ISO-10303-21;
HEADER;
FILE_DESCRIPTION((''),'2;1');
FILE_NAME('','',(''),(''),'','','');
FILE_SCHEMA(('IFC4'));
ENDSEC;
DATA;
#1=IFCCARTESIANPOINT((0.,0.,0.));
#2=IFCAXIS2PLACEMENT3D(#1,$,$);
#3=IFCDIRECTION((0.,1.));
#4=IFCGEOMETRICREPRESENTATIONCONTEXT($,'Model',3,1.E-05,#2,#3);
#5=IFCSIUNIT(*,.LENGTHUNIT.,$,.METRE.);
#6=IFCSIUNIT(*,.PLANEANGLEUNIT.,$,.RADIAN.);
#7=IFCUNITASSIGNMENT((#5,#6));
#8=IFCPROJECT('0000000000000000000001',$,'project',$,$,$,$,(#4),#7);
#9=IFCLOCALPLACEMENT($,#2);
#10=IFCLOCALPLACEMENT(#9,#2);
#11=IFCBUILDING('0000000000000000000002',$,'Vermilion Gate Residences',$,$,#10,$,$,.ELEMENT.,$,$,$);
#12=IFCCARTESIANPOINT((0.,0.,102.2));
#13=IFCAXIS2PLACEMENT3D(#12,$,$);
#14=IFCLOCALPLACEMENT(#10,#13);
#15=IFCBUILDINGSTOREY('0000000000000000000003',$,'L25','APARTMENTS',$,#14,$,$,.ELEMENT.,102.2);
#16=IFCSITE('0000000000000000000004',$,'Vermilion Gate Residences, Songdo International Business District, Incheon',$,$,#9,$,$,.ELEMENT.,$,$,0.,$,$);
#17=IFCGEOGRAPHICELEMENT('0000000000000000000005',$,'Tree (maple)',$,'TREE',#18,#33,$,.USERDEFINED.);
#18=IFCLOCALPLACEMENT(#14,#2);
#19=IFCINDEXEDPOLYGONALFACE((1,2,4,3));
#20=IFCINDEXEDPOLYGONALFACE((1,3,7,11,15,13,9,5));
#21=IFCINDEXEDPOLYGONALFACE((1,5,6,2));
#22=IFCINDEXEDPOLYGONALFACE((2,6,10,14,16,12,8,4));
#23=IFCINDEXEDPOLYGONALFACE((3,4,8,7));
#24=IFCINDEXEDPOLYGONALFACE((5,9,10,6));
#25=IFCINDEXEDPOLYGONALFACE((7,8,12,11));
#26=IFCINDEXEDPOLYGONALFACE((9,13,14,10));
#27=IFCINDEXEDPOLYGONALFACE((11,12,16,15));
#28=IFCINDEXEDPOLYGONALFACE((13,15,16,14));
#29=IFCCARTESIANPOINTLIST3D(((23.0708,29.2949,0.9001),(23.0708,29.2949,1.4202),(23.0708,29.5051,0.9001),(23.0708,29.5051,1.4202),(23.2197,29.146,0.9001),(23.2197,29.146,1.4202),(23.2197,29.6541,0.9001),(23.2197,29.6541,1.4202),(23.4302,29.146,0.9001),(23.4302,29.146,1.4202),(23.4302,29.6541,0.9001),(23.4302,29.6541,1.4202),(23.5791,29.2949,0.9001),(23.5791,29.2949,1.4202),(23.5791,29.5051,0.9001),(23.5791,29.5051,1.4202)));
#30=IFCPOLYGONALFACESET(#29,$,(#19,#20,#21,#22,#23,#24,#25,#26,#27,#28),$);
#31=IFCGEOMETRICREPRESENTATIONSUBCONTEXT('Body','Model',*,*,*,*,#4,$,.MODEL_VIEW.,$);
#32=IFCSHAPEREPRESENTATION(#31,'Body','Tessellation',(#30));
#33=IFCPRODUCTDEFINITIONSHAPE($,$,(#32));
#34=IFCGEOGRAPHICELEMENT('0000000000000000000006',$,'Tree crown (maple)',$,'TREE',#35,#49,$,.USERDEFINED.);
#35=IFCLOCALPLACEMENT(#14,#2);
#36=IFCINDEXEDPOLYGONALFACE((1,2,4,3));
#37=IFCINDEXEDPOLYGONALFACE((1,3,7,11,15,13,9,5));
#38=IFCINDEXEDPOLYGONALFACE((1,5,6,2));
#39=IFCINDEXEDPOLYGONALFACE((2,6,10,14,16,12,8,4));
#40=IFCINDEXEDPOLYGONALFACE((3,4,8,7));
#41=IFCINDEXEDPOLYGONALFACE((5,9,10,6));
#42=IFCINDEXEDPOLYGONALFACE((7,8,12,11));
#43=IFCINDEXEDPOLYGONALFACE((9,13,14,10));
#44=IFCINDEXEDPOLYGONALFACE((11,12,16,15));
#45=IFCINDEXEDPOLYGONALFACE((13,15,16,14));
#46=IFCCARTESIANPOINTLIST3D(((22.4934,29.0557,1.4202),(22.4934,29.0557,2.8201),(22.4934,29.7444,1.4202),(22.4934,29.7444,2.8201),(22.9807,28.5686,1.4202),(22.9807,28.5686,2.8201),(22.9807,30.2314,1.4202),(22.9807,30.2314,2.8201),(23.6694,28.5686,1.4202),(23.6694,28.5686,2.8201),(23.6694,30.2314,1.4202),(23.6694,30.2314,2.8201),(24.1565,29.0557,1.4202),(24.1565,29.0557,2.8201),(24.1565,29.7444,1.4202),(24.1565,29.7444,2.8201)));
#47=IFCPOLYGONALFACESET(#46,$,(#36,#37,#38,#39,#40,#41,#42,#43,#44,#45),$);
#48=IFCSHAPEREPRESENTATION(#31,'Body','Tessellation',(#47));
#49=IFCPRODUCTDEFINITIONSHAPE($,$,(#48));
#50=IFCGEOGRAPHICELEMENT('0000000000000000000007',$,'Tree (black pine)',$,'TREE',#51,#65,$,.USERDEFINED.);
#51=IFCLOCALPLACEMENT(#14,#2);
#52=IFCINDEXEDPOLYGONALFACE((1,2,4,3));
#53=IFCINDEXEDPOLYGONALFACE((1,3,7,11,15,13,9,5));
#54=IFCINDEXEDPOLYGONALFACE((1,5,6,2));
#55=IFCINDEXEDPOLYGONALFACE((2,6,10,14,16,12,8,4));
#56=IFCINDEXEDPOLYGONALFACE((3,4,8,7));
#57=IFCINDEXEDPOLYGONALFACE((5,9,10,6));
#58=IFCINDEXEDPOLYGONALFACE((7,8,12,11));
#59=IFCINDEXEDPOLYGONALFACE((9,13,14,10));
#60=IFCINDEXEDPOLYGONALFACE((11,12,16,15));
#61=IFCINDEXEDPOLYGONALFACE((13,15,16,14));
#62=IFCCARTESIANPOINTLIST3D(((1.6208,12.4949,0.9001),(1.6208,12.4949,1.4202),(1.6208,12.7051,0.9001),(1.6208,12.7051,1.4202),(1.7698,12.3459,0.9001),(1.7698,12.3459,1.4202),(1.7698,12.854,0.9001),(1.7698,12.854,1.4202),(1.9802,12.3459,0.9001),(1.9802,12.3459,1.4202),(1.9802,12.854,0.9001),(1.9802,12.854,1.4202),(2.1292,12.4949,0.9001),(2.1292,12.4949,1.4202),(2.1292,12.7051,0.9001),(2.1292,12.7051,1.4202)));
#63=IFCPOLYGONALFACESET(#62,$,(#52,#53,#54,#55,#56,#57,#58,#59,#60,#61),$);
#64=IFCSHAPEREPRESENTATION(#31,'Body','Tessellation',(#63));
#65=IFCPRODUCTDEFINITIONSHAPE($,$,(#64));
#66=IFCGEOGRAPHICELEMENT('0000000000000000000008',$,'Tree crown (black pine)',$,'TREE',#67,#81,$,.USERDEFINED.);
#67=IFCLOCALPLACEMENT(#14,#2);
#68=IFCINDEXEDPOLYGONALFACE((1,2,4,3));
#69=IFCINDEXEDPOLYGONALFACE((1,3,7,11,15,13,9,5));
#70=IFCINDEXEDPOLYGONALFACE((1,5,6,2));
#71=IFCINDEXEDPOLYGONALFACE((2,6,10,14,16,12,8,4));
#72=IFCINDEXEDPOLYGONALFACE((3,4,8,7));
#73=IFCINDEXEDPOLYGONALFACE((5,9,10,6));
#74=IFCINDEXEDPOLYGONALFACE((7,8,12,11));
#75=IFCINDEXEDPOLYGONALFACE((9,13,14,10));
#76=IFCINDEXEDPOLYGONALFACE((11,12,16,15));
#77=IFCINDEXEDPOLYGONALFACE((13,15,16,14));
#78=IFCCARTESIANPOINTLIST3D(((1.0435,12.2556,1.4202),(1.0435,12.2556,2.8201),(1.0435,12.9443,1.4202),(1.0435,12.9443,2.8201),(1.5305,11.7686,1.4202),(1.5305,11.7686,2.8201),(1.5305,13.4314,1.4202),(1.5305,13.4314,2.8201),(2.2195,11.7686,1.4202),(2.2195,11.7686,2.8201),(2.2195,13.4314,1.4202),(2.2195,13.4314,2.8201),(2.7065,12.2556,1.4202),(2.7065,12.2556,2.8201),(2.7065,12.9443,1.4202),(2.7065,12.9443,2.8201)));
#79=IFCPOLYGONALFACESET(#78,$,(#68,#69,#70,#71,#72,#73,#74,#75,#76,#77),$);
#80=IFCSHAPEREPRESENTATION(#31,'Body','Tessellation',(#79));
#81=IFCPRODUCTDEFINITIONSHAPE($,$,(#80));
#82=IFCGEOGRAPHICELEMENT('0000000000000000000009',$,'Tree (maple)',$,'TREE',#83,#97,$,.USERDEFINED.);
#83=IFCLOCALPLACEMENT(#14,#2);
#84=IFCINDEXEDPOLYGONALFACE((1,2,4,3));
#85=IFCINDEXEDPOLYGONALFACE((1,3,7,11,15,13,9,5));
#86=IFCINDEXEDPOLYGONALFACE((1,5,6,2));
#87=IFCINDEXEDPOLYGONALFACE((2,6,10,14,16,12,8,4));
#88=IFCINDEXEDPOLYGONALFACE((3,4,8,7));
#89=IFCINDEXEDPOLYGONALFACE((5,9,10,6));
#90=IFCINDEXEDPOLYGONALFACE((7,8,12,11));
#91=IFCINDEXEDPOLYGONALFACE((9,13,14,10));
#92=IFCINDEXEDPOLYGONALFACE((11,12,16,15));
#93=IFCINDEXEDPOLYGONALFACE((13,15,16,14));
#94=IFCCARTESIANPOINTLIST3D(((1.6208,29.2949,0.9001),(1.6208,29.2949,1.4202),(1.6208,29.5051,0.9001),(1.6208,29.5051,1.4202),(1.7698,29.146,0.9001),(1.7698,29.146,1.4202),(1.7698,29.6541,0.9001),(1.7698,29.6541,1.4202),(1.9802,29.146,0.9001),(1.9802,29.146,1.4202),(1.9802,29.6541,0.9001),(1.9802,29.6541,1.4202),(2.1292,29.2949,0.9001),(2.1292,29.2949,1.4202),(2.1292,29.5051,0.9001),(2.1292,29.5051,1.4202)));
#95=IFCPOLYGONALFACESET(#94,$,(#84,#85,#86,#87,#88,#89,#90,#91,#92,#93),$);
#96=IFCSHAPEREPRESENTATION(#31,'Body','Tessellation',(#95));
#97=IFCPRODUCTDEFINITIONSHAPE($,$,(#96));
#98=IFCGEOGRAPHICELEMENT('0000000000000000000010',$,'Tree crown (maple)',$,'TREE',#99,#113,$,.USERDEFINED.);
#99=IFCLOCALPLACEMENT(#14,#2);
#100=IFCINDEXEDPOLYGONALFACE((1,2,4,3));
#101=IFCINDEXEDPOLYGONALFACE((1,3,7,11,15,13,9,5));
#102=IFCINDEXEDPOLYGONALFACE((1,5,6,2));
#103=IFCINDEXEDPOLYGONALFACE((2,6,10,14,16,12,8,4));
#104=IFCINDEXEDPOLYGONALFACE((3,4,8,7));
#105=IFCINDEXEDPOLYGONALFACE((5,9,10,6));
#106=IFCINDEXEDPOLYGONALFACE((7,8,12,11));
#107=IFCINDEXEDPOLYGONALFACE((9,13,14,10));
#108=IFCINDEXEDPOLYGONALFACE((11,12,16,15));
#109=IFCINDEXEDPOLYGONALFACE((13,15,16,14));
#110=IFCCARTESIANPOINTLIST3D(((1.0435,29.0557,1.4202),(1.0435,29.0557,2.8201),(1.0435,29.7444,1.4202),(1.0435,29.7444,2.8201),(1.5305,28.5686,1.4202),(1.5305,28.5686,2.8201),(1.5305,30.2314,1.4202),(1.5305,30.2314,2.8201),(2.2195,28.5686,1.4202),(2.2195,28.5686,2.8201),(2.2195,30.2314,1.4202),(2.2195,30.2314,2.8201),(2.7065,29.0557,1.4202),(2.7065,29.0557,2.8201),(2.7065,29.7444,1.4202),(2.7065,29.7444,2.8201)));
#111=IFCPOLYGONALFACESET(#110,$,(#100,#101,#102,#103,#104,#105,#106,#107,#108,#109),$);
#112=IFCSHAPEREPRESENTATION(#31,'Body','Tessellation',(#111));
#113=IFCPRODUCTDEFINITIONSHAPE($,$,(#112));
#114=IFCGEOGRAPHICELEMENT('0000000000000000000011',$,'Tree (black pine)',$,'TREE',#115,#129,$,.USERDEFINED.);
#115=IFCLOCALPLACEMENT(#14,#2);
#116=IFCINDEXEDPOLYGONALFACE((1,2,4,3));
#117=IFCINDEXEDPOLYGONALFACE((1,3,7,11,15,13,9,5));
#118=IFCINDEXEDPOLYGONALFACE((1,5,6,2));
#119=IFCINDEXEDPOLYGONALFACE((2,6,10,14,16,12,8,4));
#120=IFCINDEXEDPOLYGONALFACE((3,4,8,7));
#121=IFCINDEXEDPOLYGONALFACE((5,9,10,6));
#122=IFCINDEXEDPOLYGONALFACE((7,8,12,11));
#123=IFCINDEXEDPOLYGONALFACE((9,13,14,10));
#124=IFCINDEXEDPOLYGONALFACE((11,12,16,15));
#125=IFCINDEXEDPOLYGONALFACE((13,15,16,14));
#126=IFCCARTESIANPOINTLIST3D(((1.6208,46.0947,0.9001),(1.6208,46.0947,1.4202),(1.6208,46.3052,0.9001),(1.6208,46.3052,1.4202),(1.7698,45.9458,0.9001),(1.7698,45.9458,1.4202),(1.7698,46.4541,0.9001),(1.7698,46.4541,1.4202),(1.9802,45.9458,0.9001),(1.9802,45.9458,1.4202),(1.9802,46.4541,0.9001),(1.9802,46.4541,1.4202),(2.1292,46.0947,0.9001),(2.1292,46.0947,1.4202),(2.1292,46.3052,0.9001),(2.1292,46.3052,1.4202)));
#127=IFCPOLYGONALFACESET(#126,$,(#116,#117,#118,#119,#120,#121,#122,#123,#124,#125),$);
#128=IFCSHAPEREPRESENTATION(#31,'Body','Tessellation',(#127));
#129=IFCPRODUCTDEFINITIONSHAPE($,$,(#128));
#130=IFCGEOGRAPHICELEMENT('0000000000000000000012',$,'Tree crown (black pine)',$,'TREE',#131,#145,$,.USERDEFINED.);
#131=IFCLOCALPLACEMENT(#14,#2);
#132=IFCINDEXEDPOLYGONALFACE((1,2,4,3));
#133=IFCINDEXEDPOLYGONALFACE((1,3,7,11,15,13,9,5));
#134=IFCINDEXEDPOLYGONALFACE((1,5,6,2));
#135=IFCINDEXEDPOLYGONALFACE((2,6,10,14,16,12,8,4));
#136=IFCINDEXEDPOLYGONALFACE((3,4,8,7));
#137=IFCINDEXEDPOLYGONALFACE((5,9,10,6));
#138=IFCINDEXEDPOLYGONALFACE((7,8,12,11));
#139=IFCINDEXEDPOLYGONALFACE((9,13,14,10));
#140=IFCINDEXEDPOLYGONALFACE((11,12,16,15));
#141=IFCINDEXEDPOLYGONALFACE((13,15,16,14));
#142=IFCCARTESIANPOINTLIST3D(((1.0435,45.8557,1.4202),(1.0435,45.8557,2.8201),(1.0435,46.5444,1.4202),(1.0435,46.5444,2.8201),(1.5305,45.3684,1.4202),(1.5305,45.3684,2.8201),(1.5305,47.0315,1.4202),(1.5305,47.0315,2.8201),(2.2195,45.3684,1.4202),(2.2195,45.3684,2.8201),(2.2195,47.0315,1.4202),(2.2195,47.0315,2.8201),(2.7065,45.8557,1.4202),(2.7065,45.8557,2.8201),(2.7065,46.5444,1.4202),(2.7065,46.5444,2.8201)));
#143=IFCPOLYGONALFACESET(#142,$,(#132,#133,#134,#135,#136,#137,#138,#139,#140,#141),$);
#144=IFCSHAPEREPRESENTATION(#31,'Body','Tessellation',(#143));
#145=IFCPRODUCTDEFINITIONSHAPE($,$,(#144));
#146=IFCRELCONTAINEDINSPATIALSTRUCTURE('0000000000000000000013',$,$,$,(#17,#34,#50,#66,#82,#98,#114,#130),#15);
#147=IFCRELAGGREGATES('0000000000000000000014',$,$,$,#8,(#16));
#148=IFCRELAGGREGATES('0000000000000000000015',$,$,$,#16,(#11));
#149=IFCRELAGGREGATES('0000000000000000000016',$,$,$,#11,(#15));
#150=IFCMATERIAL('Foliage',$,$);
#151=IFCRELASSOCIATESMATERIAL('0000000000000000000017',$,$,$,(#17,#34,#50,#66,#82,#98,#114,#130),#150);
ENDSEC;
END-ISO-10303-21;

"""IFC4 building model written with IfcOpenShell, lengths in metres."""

from ifc_helpers import new_model, si_unit, direction, frame, origin, place, context, subcontext, project, spatial, polyline, outline, extrude, material, element, save


model = new_model("IFC4")

# Units and contexts
model_context = context("Model", 3, precision=1e-05, world=origin(), true_north=direction((0.0, 1.0)))
body_context = subcontext(model_context, "Body", "Model", "MODEL_VIEW")
ifc_project = project(units=[si_unit("LENGTHUNIT", "METRE"), si_unit("PLANEANGLEUNIT", "RADIAN")], contexts=[model_context])

# Site, building, storey
site_placement = place(None, origin())
site = spatial("IfcSite", under=ifc_project, at=site_placement, Name="Vermilion Gate Residences, Songdo International Business District, Incheon", CompositionType="ELEMENT", RefElevation=0.0)
building_placement = place(site_placement, origin())
building = spatial("IfcBuilding", under=site, at=building_placement, Name="Vermilion Gate Residences", CompositionType="ELEMENT")
storey_placement = place(building_placement, frame((0.0, 0.0, 102.2)))
storey = spatial("IfcBuildingStorey", under=building, at=storey_placement, Name="L25", Description="APARTMENTS", CompositionType="ELEMENT", Elevation=102.2)

# Geographic elements
ifc_material_1 = material(Name="Foliage")
geographic_element_1_placement = place(storey_placement, frame((0.0, 0.0, 0.9001)))
element("IfcGeographicElement", 1, at=geographic_element_1_placement, inside=storey, material=ifc_material_1, Name="Tree (maple)", ObjectType="TREE", PredefinedType="USERDEFINED", context=body_context, shape_type="SweptSolid", body=[
    extrude(outline(polyline([(23.5791, 29.5051), (23.4302, 29.6541), (23.2197, 29.6541), (23.0708, 29.5051), (23.0708, 29.2949), (23.2197, 29.146), (23.4302, 29.146), (23.5791, 29.2949), (23.5791, 29.5051)])), origin(), (0.0, 0.0, 1.0), 0.52),
])
geographic_element_2_placement = place(storey_placement, frame((0.0, 0.0, 1.4202)))
element("IfcGeographicElement", 2, at=geographic_element_2_placement, inside=storey, material=ifc_material_1, Name="Tree crown (maple)", ObjectType="TREE", PredefinedType="USERDEFINED", context=body_context, shape_type="SweptSolid", body=[
    extrude(outline(polyline([(24.1565, 29.7444), (23.6694, 30.2314), (22.9807, 30.2314), (22.4934, 29.7444), (22.4934, 29.0557), (22.9807, 28.5686), (23.6694, 28.5686), (24.1565, 29.0557), (24.1565, 29.7444)])), origin(), (0.0, 0.0, 1.0), 1.3999),
])
geographic_element_3_placement = place(storey_placement, frame((0.0, 0.0, 0.9001)))
element("IfcGeographicElement", 3, at=geographic_element_3_placement, inside=storey, material=ifc_material_1, Name="Tree (black pine)", ObjectType="TREE", PredefinedType="USERDEFINED", context=body_context, shape_type="SweptSolid", body=[
    extrude(outline(polyline([(2.1292, 12.7051), (1.9802, 12.854), (1.7698, 12.854), (1.6208, 12.7051), (1.6208, 12.4949), (1.7698, 12.3459), (1.9802, 12.3459), (2.1292, 12.4949), (2.1292, 12.7051)])), origin(), (0.0, 0.0, 1.0), 0.52),
])
geographic_element_4_placement = place(storey_placement, frame((0.0, 0.0, 1.4202)))
element("IfcGeographicElement", 4, at=geographic_element_4_placement, inside=storey, material=ifc_material_1, Name="Tree crown (black pine)", ObjectType="TREE", PredefinedType="USERDEFINED", context=body_context, shape_type="SweptSolid", body=[
    extrude(outline(polyline([(2.7065, 12.9443), (2.2195, 13.4314), (1.5305, 13.4314), (1.0435, 12.9443), (1.0435, 12.2556), (1.5305, 11.7686), (2.2195, 11.7686), (2.7065, 12.2556), (2.7065, 12.9443)])), origin(), (0.0, 0.0, 1.0), 1.3999),
])
geographic_element_5_placement = place(storey_placement, frame((0.0, 0.0, 0.9001)))
element("IfcGeographicElement", 5, at=geographic_element_5_placement, inside=storey, material=ifc_material_1, Name="Tree (maple)", ObjectType="TREE", PredefinedType="USERDEFINED", context=body_context, shape_type="SweptSolid", body=[
    extrude(outline(polyline([(2.1292, 29.5051), (1.9802, 29.6541), (1.7698, 29.6541), (1.6208, 29.5051), (1.6208, 29.2949), (1.7698, 29.146), (1.9802, 29.146), (2.1292, 29.2949), (2.1292, 29.5051)])), origin(), (0.0, 0.0, 1.0), 0.52),
])
geographic_element_6_placement = place(storey_placement, frame((0.0, 0.0, 1.4202)))
element("IfcGeographicElement", 6, at=geographic_element_6_placement, inside=storey, material=ifc_material_1, Name="Tree crown (maple)", ObjectType="TREE", PredefinedType="USERDEFINED", context=body_context, shape_type="SweptSolid", body=[
    extrude(outline(polyline([(2.7065, 29.7444), (2.2195, 30.2314), (1.5305, 30.2314), (1.0435, 29.7444), (1.0435, 29.0557), (1.5305, 28.5686), (2.2195, 28.5686), (2.7065, 29.0557), (2.7065, 29.7444)])), origin(), (0.0, 0.0, 1.0), 1.3999),
])
geographic_element_7_placement = place(storey_placement, frame((0.0, 0.0, 0.9001)))
element("IfcGeographicElement", 7, at=geographic_element_7_placement, inside=storey, material=ifc_material_1, Name="Tree (black pine)", ObjectType="TREE", PredefinedType="USERDEFINED", context=body_context, shape_type="SweptSolid", body=[
    extrude(outline(polyline([(2.1292, 46.3052), (1.9802, 46.4541), (1.7698, 46.4541), (1.6208, 46.3052), (1.6208, 46.0947), (1.7698, 45.9458), (1.9802, 45.9458), (2.1292, 46.0947), (2.1292, 46.3052)])), origin(), (0.0, 0.0, 1.0), 0.52),
])
geographic_element_8_placement = place(storey_placement, frame((0.0, 0.0, 1.4202)))
element("IfcGeographicElement", 8, at=geographic_element_8_placement, inside=storey, material=ifc_material_1, Name="Tree crown (black pine)", ObjectType="TREE", PredefinedType="USERDEFINED", context=body_context, shape_type="SweptSolid", body=[
    extrude(outline(polyline([(2.7065, 46.5444), (2.2195, 47.0315), (1.5305, 47.0315), (1.0435, 46.5444), (1.0435, 45.8557), (1.5305, 45.3684), (2.2195, 45.3684), (2.7065, 45.8557), (2.7065, 46.5444)])), origin(), (0.0, 0.0, 1.0), 1.3999),
])

save(model, "model.ifc")
